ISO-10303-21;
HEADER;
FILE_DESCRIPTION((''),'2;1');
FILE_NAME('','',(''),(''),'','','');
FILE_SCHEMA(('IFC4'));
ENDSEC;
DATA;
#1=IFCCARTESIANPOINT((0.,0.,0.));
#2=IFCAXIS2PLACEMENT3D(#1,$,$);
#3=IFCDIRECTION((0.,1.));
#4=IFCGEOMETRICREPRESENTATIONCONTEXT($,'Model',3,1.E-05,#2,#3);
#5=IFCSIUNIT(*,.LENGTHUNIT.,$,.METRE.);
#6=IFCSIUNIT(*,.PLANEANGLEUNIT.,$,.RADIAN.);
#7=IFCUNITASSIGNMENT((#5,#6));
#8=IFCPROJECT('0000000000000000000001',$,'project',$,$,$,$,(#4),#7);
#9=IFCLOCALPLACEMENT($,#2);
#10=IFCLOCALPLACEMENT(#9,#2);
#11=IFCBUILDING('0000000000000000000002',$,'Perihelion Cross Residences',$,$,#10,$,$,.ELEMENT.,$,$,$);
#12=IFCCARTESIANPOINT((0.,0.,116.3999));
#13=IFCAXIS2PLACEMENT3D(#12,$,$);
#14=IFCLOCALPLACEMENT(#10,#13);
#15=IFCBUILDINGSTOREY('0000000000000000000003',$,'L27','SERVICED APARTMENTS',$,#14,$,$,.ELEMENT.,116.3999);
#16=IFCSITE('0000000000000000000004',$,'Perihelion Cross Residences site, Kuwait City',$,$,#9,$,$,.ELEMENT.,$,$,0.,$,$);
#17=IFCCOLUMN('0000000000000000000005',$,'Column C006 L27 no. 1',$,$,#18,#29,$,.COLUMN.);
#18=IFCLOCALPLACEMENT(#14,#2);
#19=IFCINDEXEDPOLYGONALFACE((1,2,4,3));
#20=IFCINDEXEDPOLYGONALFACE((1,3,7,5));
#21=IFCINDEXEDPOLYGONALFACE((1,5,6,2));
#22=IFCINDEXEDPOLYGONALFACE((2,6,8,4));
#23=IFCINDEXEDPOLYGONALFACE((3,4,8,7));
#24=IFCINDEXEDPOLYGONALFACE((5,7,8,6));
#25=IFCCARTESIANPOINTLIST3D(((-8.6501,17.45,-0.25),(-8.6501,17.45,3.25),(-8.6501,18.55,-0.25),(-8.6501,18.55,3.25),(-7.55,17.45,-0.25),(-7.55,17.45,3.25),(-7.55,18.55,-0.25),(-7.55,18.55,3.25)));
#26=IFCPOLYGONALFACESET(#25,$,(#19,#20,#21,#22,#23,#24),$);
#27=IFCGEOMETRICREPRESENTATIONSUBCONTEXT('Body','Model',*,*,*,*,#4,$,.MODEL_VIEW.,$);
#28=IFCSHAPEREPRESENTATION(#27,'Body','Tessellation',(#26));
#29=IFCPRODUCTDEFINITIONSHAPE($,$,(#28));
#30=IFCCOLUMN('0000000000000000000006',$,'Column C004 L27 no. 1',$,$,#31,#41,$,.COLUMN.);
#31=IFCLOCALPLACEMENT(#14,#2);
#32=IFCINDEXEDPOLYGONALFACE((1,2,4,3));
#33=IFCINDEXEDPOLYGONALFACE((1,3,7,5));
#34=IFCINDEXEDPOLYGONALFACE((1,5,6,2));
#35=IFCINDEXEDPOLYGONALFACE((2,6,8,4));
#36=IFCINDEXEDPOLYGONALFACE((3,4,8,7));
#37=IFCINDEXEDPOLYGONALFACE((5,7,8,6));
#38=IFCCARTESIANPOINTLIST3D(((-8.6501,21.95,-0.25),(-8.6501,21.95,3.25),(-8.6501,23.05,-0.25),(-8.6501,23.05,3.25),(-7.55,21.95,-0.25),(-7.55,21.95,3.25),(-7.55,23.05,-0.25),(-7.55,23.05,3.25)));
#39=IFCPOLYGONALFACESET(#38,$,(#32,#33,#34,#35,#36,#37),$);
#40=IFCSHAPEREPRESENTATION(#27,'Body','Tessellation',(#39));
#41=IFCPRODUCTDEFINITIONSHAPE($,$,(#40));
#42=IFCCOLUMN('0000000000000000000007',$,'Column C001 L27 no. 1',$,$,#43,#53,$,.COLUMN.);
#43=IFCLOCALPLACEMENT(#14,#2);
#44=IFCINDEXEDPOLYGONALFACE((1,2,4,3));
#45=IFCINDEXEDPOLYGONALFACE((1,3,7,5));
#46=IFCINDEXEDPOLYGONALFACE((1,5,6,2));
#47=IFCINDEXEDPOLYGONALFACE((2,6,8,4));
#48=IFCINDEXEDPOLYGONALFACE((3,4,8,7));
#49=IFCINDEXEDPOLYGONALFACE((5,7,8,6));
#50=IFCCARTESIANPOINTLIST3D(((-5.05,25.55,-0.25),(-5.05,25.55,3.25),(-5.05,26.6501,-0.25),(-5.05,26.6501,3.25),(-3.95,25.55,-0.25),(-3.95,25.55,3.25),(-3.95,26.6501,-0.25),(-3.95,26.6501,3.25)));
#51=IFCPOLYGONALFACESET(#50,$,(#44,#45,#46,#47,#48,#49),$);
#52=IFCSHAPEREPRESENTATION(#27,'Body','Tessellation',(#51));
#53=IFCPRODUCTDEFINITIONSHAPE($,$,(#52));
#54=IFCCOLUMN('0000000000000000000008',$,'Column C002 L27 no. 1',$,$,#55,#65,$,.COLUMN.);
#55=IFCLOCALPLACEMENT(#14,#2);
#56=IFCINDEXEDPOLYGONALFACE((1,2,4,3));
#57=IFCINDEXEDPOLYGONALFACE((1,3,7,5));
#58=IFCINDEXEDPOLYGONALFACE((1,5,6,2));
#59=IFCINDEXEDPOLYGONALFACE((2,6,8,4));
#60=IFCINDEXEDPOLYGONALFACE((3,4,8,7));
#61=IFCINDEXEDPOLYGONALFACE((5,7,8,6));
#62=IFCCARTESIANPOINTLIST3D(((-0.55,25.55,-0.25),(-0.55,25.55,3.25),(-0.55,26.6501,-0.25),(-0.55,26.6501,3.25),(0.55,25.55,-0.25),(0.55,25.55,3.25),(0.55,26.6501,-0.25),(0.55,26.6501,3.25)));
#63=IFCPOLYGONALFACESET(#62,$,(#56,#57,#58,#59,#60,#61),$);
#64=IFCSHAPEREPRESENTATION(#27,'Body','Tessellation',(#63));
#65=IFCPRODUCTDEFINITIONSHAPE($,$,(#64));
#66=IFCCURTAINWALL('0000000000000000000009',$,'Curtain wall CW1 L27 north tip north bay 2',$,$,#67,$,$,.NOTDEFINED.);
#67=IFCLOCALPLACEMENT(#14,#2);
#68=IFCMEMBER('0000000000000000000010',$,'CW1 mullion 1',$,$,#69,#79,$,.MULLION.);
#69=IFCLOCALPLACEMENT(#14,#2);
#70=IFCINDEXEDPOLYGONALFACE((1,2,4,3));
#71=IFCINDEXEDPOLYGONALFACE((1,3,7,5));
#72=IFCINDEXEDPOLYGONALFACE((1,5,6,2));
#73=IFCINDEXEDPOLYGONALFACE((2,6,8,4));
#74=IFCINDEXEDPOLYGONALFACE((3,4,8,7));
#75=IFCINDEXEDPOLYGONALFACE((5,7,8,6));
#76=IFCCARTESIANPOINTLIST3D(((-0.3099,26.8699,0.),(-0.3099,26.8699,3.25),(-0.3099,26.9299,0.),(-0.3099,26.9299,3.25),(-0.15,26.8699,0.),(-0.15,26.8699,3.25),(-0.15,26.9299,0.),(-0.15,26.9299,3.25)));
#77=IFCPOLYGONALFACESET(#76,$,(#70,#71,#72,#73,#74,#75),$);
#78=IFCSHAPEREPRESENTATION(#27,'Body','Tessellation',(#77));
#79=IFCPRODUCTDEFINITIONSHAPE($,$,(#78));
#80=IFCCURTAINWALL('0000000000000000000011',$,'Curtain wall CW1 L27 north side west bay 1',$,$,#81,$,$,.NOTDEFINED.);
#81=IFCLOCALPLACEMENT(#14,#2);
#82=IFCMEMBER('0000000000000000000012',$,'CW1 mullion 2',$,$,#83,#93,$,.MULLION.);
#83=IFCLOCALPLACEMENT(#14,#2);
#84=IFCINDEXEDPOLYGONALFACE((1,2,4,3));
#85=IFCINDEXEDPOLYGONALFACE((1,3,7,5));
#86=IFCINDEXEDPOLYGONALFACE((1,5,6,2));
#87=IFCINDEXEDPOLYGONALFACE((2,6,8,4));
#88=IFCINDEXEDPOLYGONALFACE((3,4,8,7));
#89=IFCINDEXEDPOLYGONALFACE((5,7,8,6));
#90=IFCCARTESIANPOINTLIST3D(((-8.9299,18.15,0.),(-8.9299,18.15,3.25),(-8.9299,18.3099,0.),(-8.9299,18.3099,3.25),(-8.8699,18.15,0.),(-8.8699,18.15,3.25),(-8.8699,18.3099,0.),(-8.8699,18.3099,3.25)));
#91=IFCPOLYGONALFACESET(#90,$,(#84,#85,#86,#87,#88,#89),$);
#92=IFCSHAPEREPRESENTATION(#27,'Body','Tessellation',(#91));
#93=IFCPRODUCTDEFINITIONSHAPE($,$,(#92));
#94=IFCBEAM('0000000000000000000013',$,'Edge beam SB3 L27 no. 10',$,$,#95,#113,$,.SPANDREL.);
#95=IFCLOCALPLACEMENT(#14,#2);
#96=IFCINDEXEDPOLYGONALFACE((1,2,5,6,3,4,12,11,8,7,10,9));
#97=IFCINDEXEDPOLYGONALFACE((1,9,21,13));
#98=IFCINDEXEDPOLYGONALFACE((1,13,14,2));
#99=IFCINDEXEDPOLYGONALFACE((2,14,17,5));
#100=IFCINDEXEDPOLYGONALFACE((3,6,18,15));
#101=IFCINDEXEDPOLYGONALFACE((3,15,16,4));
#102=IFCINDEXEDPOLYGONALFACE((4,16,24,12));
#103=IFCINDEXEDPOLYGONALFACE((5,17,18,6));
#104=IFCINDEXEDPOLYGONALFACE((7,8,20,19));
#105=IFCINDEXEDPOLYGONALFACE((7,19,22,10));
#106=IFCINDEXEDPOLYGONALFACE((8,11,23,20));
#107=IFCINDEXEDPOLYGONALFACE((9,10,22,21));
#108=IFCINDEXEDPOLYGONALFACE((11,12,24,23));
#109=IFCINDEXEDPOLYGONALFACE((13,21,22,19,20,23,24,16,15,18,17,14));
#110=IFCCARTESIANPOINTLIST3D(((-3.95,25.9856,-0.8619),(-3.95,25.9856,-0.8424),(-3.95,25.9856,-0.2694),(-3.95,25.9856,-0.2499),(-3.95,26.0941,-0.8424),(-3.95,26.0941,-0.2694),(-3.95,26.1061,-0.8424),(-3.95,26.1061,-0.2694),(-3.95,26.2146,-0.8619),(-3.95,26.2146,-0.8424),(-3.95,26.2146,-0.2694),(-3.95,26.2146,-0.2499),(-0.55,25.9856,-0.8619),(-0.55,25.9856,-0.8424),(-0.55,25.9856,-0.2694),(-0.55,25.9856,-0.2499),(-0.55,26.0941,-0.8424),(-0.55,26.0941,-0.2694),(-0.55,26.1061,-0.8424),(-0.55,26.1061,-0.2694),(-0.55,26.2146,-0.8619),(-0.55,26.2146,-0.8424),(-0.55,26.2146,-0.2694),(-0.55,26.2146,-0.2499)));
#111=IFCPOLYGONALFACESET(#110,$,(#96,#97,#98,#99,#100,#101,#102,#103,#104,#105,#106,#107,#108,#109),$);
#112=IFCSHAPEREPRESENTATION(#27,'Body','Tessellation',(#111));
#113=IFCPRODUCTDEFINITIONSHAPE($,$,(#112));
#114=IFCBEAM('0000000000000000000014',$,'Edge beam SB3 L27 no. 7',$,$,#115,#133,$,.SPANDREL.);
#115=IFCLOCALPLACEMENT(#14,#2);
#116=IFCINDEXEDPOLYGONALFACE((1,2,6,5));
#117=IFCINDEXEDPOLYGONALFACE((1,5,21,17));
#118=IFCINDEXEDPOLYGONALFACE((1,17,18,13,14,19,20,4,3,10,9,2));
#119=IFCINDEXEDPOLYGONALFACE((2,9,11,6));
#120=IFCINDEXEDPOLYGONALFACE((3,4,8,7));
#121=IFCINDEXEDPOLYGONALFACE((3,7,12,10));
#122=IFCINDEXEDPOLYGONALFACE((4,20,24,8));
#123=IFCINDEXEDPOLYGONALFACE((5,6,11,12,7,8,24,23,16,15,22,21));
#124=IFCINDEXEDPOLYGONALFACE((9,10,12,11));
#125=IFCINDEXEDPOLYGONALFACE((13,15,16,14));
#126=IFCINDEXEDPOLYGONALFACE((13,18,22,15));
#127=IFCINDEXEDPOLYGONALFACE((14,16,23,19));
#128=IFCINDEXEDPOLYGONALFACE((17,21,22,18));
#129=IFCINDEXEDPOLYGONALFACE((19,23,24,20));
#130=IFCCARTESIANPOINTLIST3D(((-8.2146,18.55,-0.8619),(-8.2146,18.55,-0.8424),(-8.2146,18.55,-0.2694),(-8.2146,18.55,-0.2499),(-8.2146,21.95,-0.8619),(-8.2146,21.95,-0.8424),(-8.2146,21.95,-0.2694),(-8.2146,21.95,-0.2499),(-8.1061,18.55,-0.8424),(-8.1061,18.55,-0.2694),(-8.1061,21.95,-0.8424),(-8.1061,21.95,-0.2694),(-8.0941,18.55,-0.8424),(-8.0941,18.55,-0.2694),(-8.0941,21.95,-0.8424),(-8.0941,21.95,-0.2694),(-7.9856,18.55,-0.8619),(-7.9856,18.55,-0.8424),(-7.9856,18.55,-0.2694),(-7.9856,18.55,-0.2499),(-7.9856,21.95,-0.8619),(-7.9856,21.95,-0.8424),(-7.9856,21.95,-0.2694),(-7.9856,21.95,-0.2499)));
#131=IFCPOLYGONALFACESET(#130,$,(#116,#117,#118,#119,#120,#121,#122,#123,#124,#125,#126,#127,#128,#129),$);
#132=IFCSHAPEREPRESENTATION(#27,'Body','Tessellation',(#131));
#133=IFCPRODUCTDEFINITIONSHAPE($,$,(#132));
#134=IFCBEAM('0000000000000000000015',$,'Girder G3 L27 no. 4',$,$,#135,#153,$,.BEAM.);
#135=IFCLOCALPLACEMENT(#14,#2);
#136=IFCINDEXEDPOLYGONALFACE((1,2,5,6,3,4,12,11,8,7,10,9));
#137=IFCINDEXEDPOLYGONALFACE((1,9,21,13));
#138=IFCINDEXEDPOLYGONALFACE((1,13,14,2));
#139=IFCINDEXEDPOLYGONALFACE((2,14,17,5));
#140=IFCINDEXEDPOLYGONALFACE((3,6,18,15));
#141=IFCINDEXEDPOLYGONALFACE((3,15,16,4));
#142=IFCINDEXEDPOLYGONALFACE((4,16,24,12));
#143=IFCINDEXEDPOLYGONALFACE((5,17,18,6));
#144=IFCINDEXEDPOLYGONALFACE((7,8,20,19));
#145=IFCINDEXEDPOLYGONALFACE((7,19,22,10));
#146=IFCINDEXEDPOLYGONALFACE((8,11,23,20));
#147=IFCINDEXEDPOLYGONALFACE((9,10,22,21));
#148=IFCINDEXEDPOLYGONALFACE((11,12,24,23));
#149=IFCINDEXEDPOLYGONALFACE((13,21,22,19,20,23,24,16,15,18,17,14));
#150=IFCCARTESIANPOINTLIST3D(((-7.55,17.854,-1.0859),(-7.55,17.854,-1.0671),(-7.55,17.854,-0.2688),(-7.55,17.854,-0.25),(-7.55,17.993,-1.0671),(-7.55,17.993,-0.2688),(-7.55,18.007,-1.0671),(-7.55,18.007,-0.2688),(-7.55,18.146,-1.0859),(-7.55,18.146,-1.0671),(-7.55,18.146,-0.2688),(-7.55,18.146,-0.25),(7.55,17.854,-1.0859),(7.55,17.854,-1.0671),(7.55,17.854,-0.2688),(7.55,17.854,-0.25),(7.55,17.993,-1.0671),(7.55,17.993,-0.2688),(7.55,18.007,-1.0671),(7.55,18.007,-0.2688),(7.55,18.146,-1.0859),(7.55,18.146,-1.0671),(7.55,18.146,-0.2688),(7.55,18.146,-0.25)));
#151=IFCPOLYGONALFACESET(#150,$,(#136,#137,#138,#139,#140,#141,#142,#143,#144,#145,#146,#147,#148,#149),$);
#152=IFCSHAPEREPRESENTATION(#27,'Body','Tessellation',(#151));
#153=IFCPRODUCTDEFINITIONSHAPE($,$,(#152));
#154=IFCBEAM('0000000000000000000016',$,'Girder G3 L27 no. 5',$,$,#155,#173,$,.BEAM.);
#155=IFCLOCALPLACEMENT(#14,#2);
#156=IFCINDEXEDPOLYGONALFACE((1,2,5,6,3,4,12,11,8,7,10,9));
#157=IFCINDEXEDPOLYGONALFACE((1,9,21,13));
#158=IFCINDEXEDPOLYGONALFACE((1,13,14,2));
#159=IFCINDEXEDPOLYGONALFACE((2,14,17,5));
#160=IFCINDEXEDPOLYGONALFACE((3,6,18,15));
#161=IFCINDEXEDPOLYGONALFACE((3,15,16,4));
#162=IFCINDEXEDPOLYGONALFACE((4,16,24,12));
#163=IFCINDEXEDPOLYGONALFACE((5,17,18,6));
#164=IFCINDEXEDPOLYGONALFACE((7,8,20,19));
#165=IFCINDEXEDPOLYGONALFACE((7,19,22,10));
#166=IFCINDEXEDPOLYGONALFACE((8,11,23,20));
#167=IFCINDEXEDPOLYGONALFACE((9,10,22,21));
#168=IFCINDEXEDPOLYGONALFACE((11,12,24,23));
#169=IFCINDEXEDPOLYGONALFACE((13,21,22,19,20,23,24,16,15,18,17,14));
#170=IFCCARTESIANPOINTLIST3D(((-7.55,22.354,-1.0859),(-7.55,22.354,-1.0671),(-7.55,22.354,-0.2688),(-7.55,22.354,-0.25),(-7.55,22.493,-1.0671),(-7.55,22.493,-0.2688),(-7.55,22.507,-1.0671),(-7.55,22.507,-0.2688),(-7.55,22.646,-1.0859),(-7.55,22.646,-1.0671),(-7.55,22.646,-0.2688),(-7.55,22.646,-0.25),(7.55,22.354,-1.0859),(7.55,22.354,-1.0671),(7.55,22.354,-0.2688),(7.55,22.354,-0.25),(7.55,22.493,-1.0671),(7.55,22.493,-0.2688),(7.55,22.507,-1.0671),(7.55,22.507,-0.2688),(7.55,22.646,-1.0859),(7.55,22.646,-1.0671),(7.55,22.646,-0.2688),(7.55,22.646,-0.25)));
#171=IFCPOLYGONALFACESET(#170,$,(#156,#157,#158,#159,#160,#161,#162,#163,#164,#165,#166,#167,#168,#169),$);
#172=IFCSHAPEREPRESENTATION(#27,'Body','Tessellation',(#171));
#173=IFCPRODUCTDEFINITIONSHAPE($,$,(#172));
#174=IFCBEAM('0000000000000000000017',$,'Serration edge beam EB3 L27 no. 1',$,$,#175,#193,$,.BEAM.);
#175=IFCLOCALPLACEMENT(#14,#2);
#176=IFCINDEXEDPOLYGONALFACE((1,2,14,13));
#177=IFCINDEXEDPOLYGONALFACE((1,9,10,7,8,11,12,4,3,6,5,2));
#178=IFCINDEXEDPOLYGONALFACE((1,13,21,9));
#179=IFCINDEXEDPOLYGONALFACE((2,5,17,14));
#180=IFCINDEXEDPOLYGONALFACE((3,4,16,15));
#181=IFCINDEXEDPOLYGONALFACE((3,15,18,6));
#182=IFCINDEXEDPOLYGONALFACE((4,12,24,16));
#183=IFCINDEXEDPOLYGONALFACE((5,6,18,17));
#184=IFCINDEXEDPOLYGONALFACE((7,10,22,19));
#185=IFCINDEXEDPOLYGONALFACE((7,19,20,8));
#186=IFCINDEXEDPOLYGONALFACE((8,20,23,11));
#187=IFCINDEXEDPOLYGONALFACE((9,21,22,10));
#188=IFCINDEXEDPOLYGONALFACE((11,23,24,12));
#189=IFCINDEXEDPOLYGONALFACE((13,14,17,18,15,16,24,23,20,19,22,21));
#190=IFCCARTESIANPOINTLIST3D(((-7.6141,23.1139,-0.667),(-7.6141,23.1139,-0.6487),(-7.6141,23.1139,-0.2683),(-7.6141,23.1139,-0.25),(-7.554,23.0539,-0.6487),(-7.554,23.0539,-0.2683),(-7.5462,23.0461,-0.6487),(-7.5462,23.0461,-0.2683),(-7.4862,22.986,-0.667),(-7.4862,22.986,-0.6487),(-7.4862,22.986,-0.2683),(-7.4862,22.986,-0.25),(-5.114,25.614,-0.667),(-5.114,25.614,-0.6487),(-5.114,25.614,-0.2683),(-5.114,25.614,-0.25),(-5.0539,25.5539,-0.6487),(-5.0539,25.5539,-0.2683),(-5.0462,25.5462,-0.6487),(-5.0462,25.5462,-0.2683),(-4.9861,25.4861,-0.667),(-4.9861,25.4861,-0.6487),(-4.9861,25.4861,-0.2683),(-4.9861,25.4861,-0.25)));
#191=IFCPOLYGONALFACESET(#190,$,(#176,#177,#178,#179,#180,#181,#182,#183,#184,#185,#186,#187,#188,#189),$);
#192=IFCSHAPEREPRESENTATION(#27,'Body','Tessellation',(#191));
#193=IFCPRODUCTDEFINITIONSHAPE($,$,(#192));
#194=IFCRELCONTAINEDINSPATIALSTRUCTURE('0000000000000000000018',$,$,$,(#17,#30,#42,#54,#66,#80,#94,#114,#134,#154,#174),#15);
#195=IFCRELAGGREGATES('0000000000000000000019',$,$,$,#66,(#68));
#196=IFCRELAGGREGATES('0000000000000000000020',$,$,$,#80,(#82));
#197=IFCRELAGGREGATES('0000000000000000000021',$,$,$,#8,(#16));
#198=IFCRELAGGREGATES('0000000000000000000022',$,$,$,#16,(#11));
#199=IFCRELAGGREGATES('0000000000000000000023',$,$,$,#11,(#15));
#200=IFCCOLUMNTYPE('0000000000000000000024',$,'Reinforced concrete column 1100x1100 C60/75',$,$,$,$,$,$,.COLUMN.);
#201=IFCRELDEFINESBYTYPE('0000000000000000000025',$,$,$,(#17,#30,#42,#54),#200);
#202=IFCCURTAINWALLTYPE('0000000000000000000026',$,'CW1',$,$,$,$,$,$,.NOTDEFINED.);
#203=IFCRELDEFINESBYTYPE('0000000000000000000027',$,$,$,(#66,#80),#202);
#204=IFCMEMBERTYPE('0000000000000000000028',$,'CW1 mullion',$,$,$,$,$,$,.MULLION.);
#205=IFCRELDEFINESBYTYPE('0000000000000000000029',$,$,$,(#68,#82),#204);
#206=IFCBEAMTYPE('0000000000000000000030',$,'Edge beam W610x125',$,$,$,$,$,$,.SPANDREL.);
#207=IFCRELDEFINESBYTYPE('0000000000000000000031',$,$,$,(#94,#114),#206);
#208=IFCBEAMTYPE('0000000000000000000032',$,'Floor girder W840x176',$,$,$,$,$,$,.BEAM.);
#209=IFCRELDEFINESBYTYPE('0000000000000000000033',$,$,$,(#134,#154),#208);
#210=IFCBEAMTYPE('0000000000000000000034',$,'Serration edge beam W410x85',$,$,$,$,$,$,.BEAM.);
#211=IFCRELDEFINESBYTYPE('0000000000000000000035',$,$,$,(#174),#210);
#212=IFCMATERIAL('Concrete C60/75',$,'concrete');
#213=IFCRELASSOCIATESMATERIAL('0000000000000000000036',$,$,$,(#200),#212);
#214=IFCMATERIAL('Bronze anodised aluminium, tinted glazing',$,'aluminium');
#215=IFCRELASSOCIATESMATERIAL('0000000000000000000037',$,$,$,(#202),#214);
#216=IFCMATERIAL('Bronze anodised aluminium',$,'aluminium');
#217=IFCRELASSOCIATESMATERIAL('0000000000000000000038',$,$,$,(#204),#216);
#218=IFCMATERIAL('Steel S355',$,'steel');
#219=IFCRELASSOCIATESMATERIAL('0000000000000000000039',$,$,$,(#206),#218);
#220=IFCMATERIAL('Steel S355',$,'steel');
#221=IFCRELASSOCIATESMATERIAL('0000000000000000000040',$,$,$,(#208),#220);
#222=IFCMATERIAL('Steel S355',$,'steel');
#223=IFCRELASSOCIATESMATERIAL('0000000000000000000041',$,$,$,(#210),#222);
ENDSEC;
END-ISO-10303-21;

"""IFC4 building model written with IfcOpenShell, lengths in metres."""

from ifc_helpers import new_model, si_unit, direction, frame, origin, origin_2d, place, context, subcontext, project, spatial, rectangle, i_section, extrude, material, material_profile, profile_set, type_object, element, aggregate, save


model = new_model("IFC4")

# Units and contexts
model_context = context("Model", 3, precision=1e-05, world=origin(), true_north=direction((0.0, 1.0)))
body_context = subcontext(model_context, "Body", "Model", "MODEL_VIEW")
ifc_project = project(units=[si_unit("LENGTHUNIT", "METRE"), si_unit("PLANEANGLEUNIT", "RADIAN")], contexts=[model_context])

# Site, building, storey
site_placement = place(None, origin())
site = spatial("IfcSite", under=ifc_project, at=site_placement, Name="Perihelion Cross Residences site, Kuwait City", CompositionType="ELEMENT", RefElevation=0.0)
building_placement = place(site_placement, origin())
building = spatial("IfcBuilding", under=site, at=building_placement, Name="Perihelion Cross Residences", CompositionType="ELEMENT")
storey_placement = place(building_placement, frame((0.0, 0.0, 116.3999)))
storey = spatial("IfcBuildingStorey", under=building, at=storey_placement, Name="L27", Description="SERVICED APARTMENTS", CompositionType="ELEMENT", Elevation=116.3999)

# Columns
ifc_material_1 = material(Name="Concrete C60/75", Category="concrete")
ifc_material_profile_1 = material_profile(ifc_material_1, rectangle(XDim=1.1001, YDim=1.1001, at=origin_2d()), Name="RC 1100x1100")
ifc_profile_set_1 = profile_set([ifc_material_profile_1], Name="Concrete C60/75")
column_type = type_object("IfcColumnType", Name="Reinforced concrete column 1100x1100 C60/75", PredefinedType="COLUMN", material=ifc_profile_set_1)
for number, where, z_axis, x_axis, name in (
    (1, (-8.1001, 18.0, -0.25), (0.0, 0.0, 1.0), (1.0, 0.0, 0.0), "Column C006 L27 no. 1"),
    (2, (-8.1001, 22.5, -0.25), (0.0, 0.0, 1.0), (1.0, 0.0, 0.0), "Column C004 L27 no. 1"),
    (3, (-4.5, 26.1001, -0.25), (0.0, 0.0, 1.0), (1.0, 0.0, 0.0), "Column C001 L27 no. 1"),
    (4, (0.0, 26.1001, -0.25), (0.0, 0.0, 1.0), (1.0, 0.0, 0.0), "Column C002 L27 no. 1"),
):
    element("IfcColumn", number, at=place(storey_placement, frame(where, z_axis=z_axis, x_axis=x_axis)), inside=storey, type_object=column_type, Name=name, PredefinedType="COLUMN", context=body_context, shape_type="SweptSolid", body=[
        extrude(rectangle(XDim=1.1001, YDim=1.1001, at=origin_2d()), origin(), (0.0, 0.0, 1.0), 3.5),
    ])

# Curtain walls, members
ifc_material_2 = material(Name="Bronze anodised aluminium, tinted glazing", Category="aluminium")
curtain_wall_type = type_object("IfcCurtainWallType", Name="CW1", PredefinedType="NOTDEFINED", material=ifc_material_2)
curtain_wall_1_placement = place(storey_placement, origin())
curtain_wall_1 = element("IfcCurtainWall", 5, at=curtain_wall_1_placement, inside=storey, type_object=curtain_wall_type, Name="Curtain wall CW1 L27 north tip north bay 2", PredefinedType="NOTDEFINED")
ifc_material_3 = material(Name="Bronze anodised aluminium", Category="aluminium")
ifc_material_profile_2 = material_profile(ifc_material_3, rectangle(XDim=0.0601, YDim=0.1599, at=origin_2d()), Name="CW1 mullion")
ifc_profile_set_2 = profile_set([ifc_material_profile_2], Name="Bronze anodised aluminium")
member_type = type_object("IfcMemberType", Name="CW1 mullion", PredefinedType="MULLION", material=ifc_profile_set_2)
member_1_placement = place(storey_placement, frame((-0.23, 26.8999, 0.0), z_axis=(0.0, 0.0, 1.0), x_axis=(0.0, -1.0, 0.0)))
member_1 = element("IfcMember", 6, at=member_1_placement, type_object=member_type, Name="CW1 mullion 1", PredefinedType="MULLION", context=body_context, shape_type="SweptSolid", body=[
    extrude(rectangle(XDim=0.0601, YDim=0.1599, at=origin_2d()), origin(), (0.0, 0.0, 1.0), 3.25),
])
curtain_wall_2_placement = place(storey_placement, origin())
curtain_wall_2 = element("IfcCurtainWall", 7, at=curtain_wall_2_placement, inside=storey, type_object=curtain_wall_type, Name="Curtain wall CW1 L27 north side west bay 1", PredefinedType="NOTDEFINED")
member_2_placement = place(storey_placement, frame((-8.8999, 18.23, 0.0), z_axis=(0.0, 0.0, 1.0), x_axis=(1.0, 0.0, 0.0)))
member_2 = element("IfcMember", 8, at=member_2_placement, type_object=member_type, Name="CW1 mullion 2", PredefinedType="MULLION", context=body_context, shape_type="SweptSolid", body=[
    extrude(rectangle(XDim=0.0601, YDim=0.1599, at=origin_2d()), origin(), (0.0, 0.0, 1.0), 3.25),
])

# Beams
ifc_material_4 = material(Name="Steel S355", Category="steel")
ifc_material_profile_3 = material_profile(ifc_material_4, i_section(OverallWidth=0.229, OverallDepth=0.6121, WebThickness=0.012, FlangeThickness=0.0195, at=origin_2d()), Name="W610x125")
ifc_profile_set_3 = profile_set([ifc_material_profile_3], Name="Steel S355")
beam_type_1 = type_object("IfcBeamType", Name="Edge beam W610x125", PredefinedType="SPANDREL", material=ifc_profile_set_3)
for number, where, z_axis, x_axis, name in (
    (9, (-0.55, 26.1001, -0.5559), (-1.0, 0.0, 0.0), (0.0, -1.0, 0.0), "Edge beam SB3 L27 no. 10"),
    (10, (-8.1001, 21.95, -0.5559), (0.0, -1.0, 0.0), (1.0, 0.0, 0.0), "Edge beam SB3 L27 no. 7"),
):
    element("IfcBeam", number, at=place(storey_placement, frame(where, z_axis=z_axis, x_axis=x_axis)), inside=storey, type_object=beam_type_1, Name=name, PredefinedType="SPANDREL", context=body_context, shape_type="SweptSolid", body=[
        extrude(i_section(OverallWidth=0.229, OverallDepth=0.6121, WebThickness=0.012, FlangeThickness=0.0195, at=origin_2d()), origin(), (0.0, 0.0, 1.0), 3.3999),
    ])
ifc_material_5 = material(Name="Steel S355", Category="steel")
ifc_material_profile_4 = material_profile(ifc_material_5, i_section(OverallWidth=0.292, OverallDepth=0.8359, WebThickness=0.0139, FlangeThickness=0.0188, at=origin_2d()), Name="W840x176")
ifc_profile_set_4 = profile_set([ifc_material_profile_4], Name="Steel S355")
beam_type_2 = type_object("IfcBeamType", Name="Floor girder W840x176", PredefinedType="BEAM", material=ifc_profile_set_4)
for number, where, z_axis, x_axis, name in (
    (11, (-7.55, 18.0, -0.668), (1.0, 0.0, 0.0), (0.0, 1.0, 0.0), "Girder G3 L27 no. 4"),
    (12, (-7.55, 22.5, -0.668), (1.0, 0.0, 0.0), (0.0, 1.0, 0.0), "Girder G3 L27 no. 5"),
):
    element("IfcBeam", number, at=place(storey_placement, frame(where, z_axis=z_axis, x_axis=x_axis)), inside=storey, type_object=beam_type_2, Name=name, PredefinedType="BEAM", context=body_context, shape_type="SweptSolid", body=[
        extrude(i_section(OverallWidth=0.292, OverallDepth=0.8359, WebThickness=0.0139, FlangeThickness=0.0188, at=origin_2d()), origin(), (0.0, 0.0, 1.0), 15.1001),
    ])
ifc_material_6 = material(Name="Steel S355", Category="steel")
ifc_material_profile_5 = material_profile(ifc_material_6, i_section(OverallWidth=0.1809, OverallDepth=0.417, WebThickness=0.011, FlangeThickness=0.0183, at=origin_2d()), Name="W410x85")
ifc_profile_set_5 = profile_set([ifc_material_profile_5], Name="Steel S355")
beam_type_3 = type_object("IfcBeamType", Name="Serration edge beam W410x85", PredefinedType="BEAM", material=ifc_profile_set_5)
beam_placement = place(storey_placement, frame((-5.05, 25.55, -0.4585), z_axis=(-0.707107, -0.707107, 0.0), x_axis=(0.707107, -0.707107, 0.0)))
element("IfcBeam", 13, at=beam_placement, inside=storey, type_object=beam_type_3, Name="Serration edge beam EB3 L27 no. 1", PredefinedType="BEAM", context=body_context, shape_type="SweptSolid", body=[
    extrude(i_section(OverallWidth=0.1809, OverallDepth=0.417, WebThickness=0.011, FlangeThickness=0.0183, at=origin_2d()), origin(), (0.0, 0.0, 1.0), 3.5356),
])

aggregate(curtain_wall_1, [member_1])
aggregate(curtain_wall_2, [member_2])

save(model, "model.ifc")
